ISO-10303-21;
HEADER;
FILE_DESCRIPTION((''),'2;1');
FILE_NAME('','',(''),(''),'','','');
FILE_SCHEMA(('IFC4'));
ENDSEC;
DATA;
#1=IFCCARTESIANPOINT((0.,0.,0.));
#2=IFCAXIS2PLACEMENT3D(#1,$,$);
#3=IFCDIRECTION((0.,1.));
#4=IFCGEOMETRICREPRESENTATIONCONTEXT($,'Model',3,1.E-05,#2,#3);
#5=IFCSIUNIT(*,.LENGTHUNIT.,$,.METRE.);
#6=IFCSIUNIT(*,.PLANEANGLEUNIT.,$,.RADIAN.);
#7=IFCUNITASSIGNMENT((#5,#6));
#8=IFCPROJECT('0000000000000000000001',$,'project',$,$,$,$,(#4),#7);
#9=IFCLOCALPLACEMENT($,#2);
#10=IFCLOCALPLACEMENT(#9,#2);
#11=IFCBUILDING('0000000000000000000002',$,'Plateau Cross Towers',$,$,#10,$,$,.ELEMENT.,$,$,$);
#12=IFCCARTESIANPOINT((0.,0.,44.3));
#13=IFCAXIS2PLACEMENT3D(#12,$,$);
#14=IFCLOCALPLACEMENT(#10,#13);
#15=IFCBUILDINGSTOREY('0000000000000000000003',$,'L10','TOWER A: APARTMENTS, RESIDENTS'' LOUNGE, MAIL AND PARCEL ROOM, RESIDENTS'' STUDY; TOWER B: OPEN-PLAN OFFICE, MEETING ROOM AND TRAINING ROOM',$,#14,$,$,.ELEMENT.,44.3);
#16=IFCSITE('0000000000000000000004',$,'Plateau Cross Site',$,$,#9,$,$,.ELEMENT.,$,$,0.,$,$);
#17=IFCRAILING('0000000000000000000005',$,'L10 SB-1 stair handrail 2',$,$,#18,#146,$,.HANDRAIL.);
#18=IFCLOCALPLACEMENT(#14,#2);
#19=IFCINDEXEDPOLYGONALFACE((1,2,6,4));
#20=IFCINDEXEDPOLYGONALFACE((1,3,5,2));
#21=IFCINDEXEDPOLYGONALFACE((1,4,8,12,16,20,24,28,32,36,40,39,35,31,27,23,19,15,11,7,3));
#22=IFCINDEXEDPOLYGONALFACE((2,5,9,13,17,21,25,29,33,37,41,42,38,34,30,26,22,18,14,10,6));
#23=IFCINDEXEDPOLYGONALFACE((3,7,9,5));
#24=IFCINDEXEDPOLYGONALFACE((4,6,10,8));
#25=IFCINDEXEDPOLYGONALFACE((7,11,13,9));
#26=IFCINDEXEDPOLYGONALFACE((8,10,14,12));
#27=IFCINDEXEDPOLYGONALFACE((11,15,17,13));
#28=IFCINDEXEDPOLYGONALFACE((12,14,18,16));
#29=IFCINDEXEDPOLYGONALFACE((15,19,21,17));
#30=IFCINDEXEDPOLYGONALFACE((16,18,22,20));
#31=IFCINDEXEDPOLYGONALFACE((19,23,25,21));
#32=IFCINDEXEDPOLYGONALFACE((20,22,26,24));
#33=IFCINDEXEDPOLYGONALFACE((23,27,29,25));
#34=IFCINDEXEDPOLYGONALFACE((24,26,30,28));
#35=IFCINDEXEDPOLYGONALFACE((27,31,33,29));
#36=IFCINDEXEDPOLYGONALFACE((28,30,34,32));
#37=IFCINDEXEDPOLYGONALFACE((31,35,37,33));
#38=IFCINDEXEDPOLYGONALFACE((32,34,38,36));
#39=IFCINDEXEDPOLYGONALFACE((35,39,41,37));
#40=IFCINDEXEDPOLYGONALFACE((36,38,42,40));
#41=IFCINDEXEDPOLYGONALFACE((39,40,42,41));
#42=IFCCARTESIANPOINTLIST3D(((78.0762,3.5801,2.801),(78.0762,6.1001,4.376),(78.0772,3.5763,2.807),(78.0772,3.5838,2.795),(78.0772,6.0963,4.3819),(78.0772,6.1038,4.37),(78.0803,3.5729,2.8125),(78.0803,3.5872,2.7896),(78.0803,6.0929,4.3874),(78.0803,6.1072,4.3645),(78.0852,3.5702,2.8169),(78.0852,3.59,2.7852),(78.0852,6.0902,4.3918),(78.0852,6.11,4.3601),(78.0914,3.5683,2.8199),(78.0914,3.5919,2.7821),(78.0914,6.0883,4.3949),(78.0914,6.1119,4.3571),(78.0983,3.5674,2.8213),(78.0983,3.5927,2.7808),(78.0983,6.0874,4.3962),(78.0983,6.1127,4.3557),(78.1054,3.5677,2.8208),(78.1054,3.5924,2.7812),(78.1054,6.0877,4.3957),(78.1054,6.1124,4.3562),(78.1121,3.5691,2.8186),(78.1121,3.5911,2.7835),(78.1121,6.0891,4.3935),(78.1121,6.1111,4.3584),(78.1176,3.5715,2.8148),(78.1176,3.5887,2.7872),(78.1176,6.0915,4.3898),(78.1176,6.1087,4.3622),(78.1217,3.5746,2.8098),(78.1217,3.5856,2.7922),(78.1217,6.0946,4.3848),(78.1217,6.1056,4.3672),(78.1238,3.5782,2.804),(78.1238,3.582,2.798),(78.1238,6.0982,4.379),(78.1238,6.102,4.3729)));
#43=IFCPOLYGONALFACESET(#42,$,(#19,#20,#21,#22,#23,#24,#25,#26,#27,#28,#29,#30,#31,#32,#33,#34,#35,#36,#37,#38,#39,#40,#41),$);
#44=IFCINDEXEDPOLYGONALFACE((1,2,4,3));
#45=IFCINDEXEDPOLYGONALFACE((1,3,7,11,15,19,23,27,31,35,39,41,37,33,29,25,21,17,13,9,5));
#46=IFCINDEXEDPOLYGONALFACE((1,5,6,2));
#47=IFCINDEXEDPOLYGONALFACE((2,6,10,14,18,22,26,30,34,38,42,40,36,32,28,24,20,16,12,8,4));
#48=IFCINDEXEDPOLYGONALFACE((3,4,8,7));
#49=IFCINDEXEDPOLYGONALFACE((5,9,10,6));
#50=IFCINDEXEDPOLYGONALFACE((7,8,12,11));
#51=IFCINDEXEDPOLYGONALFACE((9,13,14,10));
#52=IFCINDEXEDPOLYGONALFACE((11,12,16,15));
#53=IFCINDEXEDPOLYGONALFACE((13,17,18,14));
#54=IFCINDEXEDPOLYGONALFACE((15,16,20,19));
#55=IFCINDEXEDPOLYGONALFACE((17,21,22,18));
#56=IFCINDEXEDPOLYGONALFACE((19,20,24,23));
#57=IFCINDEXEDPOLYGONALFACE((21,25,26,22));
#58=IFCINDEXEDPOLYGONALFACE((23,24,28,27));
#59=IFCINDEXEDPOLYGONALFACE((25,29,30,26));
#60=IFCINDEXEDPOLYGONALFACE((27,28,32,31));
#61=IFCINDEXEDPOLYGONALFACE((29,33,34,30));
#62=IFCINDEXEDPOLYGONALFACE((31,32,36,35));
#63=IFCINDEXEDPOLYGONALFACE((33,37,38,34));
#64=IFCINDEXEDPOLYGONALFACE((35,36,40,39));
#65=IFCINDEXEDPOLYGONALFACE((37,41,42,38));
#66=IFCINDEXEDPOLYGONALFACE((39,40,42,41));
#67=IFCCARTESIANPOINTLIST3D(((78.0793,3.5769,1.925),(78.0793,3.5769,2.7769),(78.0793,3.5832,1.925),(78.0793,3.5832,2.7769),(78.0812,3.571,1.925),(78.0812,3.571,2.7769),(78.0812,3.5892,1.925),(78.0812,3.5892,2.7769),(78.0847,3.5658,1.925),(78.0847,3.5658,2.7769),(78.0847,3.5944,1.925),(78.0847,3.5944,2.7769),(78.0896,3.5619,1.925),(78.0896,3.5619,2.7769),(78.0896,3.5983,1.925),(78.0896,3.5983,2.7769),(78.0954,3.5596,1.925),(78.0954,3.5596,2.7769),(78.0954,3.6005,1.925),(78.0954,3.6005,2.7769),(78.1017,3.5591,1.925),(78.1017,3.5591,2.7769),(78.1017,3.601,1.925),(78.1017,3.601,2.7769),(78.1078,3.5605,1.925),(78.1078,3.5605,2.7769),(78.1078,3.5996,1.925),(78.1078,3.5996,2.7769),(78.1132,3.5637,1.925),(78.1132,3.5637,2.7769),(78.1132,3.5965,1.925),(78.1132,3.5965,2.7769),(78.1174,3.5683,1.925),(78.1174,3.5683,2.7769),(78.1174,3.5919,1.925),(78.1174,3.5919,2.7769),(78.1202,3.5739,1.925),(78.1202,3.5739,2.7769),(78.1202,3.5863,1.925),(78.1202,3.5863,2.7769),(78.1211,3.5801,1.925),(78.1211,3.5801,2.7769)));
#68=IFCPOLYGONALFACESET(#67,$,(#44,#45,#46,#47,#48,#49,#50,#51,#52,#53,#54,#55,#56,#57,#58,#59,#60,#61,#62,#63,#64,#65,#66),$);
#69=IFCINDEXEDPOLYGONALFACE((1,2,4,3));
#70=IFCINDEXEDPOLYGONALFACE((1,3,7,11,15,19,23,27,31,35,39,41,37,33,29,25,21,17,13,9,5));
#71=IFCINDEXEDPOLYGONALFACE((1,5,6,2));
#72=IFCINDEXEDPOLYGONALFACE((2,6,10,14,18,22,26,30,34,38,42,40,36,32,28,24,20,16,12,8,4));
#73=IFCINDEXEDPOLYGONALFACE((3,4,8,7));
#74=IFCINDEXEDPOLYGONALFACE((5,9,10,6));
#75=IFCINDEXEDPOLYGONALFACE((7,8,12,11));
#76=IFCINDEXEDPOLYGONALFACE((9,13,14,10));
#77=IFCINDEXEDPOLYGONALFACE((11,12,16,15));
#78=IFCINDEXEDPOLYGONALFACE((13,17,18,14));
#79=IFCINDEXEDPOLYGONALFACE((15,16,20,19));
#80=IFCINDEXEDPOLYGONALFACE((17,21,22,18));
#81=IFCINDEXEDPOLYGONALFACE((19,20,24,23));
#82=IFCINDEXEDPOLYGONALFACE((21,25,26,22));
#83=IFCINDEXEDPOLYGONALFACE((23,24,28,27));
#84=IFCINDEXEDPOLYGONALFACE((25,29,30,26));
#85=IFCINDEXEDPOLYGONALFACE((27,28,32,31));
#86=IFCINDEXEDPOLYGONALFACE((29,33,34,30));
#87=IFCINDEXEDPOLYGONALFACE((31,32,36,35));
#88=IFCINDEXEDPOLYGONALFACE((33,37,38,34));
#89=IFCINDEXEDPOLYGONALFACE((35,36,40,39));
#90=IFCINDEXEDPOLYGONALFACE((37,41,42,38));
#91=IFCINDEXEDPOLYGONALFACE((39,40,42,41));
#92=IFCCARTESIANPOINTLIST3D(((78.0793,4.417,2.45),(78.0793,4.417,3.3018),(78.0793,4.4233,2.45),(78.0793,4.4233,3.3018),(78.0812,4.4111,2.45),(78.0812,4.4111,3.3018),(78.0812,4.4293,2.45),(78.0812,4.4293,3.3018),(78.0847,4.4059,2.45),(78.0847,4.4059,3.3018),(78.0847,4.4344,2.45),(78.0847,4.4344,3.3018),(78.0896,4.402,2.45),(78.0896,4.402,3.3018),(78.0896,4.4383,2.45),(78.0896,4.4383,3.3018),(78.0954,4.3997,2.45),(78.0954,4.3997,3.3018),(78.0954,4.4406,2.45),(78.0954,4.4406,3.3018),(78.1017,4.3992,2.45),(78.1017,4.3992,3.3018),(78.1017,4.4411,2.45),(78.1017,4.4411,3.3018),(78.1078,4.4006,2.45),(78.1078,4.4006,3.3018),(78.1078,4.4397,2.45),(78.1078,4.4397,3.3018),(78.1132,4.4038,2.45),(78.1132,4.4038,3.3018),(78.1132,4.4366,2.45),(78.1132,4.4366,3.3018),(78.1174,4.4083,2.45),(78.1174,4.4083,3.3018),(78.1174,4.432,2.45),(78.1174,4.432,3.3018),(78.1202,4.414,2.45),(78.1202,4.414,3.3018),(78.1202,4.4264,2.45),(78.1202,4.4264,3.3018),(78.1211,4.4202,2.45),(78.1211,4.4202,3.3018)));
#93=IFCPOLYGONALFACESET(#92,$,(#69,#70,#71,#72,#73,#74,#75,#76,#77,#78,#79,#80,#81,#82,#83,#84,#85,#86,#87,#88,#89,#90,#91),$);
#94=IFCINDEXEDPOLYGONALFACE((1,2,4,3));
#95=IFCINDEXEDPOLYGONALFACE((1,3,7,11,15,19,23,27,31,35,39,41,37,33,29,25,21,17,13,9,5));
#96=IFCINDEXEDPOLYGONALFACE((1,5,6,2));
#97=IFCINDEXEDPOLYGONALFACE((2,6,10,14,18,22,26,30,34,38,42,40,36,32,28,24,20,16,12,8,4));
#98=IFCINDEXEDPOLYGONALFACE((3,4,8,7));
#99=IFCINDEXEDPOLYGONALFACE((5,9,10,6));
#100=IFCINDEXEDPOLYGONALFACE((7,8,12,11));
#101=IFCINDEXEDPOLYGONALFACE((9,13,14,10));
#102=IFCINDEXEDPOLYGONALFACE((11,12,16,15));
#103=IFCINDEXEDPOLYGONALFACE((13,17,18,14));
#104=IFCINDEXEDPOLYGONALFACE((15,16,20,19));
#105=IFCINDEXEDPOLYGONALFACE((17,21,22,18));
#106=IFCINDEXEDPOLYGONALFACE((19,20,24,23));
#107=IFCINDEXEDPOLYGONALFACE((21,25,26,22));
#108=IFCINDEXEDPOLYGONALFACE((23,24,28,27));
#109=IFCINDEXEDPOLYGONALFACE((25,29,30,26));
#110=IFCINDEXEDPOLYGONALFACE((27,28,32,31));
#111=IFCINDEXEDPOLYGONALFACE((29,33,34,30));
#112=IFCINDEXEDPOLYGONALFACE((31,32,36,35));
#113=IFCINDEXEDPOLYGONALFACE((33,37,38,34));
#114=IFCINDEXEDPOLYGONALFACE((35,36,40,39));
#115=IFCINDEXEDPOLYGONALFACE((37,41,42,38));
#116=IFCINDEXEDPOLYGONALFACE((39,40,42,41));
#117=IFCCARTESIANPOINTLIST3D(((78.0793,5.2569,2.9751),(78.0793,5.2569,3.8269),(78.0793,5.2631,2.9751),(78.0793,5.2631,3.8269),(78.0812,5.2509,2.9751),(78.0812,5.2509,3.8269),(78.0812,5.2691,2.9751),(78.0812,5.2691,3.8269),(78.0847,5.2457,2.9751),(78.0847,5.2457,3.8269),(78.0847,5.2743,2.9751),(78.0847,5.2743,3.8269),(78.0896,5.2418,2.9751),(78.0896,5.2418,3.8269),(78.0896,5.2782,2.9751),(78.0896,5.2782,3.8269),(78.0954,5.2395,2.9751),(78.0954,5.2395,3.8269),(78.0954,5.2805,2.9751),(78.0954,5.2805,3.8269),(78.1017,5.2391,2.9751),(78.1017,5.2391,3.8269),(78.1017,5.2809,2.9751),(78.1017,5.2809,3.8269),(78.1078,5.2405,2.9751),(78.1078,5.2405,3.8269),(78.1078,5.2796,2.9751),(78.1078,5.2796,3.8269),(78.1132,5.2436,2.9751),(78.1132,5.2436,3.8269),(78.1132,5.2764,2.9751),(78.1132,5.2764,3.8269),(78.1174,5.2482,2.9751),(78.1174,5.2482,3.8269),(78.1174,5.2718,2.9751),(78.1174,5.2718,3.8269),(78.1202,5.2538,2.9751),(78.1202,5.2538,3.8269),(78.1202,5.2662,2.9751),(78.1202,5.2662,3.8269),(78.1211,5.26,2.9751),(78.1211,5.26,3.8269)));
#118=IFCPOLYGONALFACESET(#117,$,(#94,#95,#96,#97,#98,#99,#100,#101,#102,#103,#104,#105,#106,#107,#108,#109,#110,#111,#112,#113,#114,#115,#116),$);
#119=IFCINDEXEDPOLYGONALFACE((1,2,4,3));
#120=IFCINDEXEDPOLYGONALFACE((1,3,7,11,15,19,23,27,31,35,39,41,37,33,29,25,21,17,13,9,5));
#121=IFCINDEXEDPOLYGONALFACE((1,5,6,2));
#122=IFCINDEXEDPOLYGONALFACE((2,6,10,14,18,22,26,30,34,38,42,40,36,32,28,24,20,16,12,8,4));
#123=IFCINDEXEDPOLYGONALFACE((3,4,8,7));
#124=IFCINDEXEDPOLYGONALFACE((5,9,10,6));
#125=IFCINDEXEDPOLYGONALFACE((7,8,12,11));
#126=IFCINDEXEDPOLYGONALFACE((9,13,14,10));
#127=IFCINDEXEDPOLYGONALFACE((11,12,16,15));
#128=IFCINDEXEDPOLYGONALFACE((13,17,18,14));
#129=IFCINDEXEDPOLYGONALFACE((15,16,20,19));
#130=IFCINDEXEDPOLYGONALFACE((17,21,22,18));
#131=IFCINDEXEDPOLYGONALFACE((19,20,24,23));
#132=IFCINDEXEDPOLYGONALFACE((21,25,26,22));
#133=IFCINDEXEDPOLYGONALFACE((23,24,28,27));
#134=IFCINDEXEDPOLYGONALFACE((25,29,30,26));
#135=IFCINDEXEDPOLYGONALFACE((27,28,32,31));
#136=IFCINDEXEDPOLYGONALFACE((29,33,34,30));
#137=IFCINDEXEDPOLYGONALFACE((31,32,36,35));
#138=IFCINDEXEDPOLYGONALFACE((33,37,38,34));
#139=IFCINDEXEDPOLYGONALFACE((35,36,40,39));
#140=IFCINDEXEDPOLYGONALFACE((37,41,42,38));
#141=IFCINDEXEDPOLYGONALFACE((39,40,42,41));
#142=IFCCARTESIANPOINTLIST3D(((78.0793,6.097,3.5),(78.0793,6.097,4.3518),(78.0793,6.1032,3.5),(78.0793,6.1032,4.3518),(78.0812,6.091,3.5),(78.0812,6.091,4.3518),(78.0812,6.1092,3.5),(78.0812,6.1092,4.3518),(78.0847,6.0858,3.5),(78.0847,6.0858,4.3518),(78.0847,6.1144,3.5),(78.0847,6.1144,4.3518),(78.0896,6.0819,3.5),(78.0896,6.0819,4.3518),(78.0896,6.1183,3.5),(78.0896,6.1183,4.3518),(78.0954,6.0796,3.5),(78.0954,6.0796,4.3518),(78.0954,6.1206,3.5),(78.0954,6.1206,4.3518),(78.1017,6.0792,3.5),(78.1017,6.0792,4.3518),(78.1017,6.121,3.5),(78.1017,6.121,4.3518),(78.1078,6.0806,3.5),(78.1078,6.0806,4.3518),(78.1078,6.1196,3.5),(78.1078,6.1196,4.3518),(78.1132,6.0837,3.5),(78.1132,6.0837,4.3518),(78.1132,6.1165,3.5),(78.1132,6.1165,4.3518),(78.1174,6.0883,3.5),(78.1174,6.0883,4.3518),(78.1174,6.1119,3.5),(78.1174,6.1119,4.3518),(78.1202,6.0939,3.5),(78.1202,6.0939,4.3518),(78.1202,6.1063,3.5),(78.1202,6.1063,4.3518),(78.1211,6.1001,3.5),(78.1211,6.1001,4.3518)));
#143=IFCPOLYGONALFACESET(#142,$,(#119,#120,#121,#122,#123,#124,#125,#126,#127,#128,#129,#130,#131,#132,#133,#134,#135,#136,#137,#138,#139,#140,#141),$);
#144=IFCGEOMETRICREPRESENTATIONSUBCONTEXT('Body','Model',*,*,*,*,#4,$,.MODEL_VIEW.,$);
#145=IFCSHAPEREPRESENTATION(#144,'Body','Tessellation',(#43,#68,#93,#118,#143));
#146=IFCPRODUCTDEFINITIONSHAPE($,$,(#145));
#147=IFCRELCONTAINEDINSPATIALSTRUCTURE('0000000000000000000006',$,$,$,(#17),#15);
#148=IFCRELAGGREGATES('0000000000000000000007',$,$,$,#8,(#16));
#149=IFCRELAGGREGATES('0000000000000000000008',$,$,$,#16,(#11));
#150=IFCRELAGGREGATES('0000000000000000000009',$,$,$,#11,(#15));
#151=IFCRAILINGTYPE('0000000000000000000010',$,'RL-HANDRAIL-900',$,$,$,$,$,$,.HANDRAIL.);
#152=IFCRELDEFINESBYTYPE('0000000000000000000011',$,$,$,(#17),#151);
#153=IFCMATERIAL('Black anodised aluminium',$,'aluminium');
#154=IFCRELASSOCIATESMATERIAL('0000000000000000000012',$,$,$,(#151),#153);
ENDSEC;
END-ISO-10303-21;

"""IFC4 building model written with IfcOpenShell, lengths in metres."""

from ifc_helpers import new_model, si_unit, direction, frame, origin, origin_2d, place, context, subcontext, project, spatial, circle, extrude, material, type_object, element, save


model = new_model("IFC4")

# Units and contexts
model_context = context("Model", 3, precision=1e-05, world=origin(), true_north=direction((0.0, 1.0)))
body_context = subcontext(model_context, "Body", "Model", "MODEL_VIEW")
ifc_project = project(units=[si_unit("LENGTHUNIT", "METRE"), si_unit("PLANEANGLEUNIT", "RADIAN")], contexts=[model_context])

# Site, building, storey
site_placement = place(None, origin())
site = spatial("IfcSite", under=ifc_project, at=site_placement, Name="Plateau Cross Site", CompositionType="ELEMENT", RefElevation=0.0)
building_placement = place(site_placement, origin())
building = spatial("IfcBuilding", under=site, at=building_placement, Name="Plateau Cross Towers", CompositionType="ELEMENT")
storey_placement = place(building_placement, frame((0.0, 0.0, 44.3)))
storey = spatial("IfcBuildingStorey", under=building, at=storey_placement, Name="L10", Description="TOWER A: APARTMENTS, RESIDENTS' LOUNGE, MAIL AND PARCEL ROOM, RESIDENTS' STUDY; TOWER B: OPEN-PLAN OFFICE, MEETING ROOM AND TRAINING ROOM", CompositionType="ELEMENT", Elevation=44.3)

# Railing
ifc_material_1 = material(Name="Black anodised aluminium", Category="aluminium")
railing_type_1 = type_object("IfcRailingType", Name="RL-HANDRAIL-900", PredefinedType="HANDRAIL", material=ifc_material_1)
railing_1_placement = place(storey_placement, frame((78.1001, 3.5801, 1.925)))
element("IfcRailing", 1, at=railing_1_placement, inside=storey, type_object=railing_type_1, Name="L10 SB-1 stair handrail 2", PredefinedType="HANDRAIL", context=body_context, shape_type="SweptSolid", body=[
    extrude(circle(Radius=0.0239, at=origin_2d()), frame((0.0, 0.0, 0.876), z_axis=(0.0, 0.848008, 0.529984), x_axis=(-1.0, 0.0, 0.0)), (0.0, 0.0, 1.0), 2.9717),
    extrude(circle(Radius=0.021, at=origin_2d()), origin(), (0.0, 0.0, 1.0), 0.8518),
    extrude(circle(Radius=0.021, at=origin_2d()), frame((0.0, 0.8401, 0.5249)), (0.0, 0.0, 1.0), 0.8518),
    extrude(circle(Radius=0.021, at=origin_2d()), frame((0.0, 1.6799, 1.05)), (0.0, 0.0, 1.0), 0.8518),
    extrude(circle(Radius=0.021, at=origin_2d()), frame((0.0, 2.52, 1.575)), (0.0, 0.0, 1.0), 0.8518),
])

save(model, "model.ifc")
